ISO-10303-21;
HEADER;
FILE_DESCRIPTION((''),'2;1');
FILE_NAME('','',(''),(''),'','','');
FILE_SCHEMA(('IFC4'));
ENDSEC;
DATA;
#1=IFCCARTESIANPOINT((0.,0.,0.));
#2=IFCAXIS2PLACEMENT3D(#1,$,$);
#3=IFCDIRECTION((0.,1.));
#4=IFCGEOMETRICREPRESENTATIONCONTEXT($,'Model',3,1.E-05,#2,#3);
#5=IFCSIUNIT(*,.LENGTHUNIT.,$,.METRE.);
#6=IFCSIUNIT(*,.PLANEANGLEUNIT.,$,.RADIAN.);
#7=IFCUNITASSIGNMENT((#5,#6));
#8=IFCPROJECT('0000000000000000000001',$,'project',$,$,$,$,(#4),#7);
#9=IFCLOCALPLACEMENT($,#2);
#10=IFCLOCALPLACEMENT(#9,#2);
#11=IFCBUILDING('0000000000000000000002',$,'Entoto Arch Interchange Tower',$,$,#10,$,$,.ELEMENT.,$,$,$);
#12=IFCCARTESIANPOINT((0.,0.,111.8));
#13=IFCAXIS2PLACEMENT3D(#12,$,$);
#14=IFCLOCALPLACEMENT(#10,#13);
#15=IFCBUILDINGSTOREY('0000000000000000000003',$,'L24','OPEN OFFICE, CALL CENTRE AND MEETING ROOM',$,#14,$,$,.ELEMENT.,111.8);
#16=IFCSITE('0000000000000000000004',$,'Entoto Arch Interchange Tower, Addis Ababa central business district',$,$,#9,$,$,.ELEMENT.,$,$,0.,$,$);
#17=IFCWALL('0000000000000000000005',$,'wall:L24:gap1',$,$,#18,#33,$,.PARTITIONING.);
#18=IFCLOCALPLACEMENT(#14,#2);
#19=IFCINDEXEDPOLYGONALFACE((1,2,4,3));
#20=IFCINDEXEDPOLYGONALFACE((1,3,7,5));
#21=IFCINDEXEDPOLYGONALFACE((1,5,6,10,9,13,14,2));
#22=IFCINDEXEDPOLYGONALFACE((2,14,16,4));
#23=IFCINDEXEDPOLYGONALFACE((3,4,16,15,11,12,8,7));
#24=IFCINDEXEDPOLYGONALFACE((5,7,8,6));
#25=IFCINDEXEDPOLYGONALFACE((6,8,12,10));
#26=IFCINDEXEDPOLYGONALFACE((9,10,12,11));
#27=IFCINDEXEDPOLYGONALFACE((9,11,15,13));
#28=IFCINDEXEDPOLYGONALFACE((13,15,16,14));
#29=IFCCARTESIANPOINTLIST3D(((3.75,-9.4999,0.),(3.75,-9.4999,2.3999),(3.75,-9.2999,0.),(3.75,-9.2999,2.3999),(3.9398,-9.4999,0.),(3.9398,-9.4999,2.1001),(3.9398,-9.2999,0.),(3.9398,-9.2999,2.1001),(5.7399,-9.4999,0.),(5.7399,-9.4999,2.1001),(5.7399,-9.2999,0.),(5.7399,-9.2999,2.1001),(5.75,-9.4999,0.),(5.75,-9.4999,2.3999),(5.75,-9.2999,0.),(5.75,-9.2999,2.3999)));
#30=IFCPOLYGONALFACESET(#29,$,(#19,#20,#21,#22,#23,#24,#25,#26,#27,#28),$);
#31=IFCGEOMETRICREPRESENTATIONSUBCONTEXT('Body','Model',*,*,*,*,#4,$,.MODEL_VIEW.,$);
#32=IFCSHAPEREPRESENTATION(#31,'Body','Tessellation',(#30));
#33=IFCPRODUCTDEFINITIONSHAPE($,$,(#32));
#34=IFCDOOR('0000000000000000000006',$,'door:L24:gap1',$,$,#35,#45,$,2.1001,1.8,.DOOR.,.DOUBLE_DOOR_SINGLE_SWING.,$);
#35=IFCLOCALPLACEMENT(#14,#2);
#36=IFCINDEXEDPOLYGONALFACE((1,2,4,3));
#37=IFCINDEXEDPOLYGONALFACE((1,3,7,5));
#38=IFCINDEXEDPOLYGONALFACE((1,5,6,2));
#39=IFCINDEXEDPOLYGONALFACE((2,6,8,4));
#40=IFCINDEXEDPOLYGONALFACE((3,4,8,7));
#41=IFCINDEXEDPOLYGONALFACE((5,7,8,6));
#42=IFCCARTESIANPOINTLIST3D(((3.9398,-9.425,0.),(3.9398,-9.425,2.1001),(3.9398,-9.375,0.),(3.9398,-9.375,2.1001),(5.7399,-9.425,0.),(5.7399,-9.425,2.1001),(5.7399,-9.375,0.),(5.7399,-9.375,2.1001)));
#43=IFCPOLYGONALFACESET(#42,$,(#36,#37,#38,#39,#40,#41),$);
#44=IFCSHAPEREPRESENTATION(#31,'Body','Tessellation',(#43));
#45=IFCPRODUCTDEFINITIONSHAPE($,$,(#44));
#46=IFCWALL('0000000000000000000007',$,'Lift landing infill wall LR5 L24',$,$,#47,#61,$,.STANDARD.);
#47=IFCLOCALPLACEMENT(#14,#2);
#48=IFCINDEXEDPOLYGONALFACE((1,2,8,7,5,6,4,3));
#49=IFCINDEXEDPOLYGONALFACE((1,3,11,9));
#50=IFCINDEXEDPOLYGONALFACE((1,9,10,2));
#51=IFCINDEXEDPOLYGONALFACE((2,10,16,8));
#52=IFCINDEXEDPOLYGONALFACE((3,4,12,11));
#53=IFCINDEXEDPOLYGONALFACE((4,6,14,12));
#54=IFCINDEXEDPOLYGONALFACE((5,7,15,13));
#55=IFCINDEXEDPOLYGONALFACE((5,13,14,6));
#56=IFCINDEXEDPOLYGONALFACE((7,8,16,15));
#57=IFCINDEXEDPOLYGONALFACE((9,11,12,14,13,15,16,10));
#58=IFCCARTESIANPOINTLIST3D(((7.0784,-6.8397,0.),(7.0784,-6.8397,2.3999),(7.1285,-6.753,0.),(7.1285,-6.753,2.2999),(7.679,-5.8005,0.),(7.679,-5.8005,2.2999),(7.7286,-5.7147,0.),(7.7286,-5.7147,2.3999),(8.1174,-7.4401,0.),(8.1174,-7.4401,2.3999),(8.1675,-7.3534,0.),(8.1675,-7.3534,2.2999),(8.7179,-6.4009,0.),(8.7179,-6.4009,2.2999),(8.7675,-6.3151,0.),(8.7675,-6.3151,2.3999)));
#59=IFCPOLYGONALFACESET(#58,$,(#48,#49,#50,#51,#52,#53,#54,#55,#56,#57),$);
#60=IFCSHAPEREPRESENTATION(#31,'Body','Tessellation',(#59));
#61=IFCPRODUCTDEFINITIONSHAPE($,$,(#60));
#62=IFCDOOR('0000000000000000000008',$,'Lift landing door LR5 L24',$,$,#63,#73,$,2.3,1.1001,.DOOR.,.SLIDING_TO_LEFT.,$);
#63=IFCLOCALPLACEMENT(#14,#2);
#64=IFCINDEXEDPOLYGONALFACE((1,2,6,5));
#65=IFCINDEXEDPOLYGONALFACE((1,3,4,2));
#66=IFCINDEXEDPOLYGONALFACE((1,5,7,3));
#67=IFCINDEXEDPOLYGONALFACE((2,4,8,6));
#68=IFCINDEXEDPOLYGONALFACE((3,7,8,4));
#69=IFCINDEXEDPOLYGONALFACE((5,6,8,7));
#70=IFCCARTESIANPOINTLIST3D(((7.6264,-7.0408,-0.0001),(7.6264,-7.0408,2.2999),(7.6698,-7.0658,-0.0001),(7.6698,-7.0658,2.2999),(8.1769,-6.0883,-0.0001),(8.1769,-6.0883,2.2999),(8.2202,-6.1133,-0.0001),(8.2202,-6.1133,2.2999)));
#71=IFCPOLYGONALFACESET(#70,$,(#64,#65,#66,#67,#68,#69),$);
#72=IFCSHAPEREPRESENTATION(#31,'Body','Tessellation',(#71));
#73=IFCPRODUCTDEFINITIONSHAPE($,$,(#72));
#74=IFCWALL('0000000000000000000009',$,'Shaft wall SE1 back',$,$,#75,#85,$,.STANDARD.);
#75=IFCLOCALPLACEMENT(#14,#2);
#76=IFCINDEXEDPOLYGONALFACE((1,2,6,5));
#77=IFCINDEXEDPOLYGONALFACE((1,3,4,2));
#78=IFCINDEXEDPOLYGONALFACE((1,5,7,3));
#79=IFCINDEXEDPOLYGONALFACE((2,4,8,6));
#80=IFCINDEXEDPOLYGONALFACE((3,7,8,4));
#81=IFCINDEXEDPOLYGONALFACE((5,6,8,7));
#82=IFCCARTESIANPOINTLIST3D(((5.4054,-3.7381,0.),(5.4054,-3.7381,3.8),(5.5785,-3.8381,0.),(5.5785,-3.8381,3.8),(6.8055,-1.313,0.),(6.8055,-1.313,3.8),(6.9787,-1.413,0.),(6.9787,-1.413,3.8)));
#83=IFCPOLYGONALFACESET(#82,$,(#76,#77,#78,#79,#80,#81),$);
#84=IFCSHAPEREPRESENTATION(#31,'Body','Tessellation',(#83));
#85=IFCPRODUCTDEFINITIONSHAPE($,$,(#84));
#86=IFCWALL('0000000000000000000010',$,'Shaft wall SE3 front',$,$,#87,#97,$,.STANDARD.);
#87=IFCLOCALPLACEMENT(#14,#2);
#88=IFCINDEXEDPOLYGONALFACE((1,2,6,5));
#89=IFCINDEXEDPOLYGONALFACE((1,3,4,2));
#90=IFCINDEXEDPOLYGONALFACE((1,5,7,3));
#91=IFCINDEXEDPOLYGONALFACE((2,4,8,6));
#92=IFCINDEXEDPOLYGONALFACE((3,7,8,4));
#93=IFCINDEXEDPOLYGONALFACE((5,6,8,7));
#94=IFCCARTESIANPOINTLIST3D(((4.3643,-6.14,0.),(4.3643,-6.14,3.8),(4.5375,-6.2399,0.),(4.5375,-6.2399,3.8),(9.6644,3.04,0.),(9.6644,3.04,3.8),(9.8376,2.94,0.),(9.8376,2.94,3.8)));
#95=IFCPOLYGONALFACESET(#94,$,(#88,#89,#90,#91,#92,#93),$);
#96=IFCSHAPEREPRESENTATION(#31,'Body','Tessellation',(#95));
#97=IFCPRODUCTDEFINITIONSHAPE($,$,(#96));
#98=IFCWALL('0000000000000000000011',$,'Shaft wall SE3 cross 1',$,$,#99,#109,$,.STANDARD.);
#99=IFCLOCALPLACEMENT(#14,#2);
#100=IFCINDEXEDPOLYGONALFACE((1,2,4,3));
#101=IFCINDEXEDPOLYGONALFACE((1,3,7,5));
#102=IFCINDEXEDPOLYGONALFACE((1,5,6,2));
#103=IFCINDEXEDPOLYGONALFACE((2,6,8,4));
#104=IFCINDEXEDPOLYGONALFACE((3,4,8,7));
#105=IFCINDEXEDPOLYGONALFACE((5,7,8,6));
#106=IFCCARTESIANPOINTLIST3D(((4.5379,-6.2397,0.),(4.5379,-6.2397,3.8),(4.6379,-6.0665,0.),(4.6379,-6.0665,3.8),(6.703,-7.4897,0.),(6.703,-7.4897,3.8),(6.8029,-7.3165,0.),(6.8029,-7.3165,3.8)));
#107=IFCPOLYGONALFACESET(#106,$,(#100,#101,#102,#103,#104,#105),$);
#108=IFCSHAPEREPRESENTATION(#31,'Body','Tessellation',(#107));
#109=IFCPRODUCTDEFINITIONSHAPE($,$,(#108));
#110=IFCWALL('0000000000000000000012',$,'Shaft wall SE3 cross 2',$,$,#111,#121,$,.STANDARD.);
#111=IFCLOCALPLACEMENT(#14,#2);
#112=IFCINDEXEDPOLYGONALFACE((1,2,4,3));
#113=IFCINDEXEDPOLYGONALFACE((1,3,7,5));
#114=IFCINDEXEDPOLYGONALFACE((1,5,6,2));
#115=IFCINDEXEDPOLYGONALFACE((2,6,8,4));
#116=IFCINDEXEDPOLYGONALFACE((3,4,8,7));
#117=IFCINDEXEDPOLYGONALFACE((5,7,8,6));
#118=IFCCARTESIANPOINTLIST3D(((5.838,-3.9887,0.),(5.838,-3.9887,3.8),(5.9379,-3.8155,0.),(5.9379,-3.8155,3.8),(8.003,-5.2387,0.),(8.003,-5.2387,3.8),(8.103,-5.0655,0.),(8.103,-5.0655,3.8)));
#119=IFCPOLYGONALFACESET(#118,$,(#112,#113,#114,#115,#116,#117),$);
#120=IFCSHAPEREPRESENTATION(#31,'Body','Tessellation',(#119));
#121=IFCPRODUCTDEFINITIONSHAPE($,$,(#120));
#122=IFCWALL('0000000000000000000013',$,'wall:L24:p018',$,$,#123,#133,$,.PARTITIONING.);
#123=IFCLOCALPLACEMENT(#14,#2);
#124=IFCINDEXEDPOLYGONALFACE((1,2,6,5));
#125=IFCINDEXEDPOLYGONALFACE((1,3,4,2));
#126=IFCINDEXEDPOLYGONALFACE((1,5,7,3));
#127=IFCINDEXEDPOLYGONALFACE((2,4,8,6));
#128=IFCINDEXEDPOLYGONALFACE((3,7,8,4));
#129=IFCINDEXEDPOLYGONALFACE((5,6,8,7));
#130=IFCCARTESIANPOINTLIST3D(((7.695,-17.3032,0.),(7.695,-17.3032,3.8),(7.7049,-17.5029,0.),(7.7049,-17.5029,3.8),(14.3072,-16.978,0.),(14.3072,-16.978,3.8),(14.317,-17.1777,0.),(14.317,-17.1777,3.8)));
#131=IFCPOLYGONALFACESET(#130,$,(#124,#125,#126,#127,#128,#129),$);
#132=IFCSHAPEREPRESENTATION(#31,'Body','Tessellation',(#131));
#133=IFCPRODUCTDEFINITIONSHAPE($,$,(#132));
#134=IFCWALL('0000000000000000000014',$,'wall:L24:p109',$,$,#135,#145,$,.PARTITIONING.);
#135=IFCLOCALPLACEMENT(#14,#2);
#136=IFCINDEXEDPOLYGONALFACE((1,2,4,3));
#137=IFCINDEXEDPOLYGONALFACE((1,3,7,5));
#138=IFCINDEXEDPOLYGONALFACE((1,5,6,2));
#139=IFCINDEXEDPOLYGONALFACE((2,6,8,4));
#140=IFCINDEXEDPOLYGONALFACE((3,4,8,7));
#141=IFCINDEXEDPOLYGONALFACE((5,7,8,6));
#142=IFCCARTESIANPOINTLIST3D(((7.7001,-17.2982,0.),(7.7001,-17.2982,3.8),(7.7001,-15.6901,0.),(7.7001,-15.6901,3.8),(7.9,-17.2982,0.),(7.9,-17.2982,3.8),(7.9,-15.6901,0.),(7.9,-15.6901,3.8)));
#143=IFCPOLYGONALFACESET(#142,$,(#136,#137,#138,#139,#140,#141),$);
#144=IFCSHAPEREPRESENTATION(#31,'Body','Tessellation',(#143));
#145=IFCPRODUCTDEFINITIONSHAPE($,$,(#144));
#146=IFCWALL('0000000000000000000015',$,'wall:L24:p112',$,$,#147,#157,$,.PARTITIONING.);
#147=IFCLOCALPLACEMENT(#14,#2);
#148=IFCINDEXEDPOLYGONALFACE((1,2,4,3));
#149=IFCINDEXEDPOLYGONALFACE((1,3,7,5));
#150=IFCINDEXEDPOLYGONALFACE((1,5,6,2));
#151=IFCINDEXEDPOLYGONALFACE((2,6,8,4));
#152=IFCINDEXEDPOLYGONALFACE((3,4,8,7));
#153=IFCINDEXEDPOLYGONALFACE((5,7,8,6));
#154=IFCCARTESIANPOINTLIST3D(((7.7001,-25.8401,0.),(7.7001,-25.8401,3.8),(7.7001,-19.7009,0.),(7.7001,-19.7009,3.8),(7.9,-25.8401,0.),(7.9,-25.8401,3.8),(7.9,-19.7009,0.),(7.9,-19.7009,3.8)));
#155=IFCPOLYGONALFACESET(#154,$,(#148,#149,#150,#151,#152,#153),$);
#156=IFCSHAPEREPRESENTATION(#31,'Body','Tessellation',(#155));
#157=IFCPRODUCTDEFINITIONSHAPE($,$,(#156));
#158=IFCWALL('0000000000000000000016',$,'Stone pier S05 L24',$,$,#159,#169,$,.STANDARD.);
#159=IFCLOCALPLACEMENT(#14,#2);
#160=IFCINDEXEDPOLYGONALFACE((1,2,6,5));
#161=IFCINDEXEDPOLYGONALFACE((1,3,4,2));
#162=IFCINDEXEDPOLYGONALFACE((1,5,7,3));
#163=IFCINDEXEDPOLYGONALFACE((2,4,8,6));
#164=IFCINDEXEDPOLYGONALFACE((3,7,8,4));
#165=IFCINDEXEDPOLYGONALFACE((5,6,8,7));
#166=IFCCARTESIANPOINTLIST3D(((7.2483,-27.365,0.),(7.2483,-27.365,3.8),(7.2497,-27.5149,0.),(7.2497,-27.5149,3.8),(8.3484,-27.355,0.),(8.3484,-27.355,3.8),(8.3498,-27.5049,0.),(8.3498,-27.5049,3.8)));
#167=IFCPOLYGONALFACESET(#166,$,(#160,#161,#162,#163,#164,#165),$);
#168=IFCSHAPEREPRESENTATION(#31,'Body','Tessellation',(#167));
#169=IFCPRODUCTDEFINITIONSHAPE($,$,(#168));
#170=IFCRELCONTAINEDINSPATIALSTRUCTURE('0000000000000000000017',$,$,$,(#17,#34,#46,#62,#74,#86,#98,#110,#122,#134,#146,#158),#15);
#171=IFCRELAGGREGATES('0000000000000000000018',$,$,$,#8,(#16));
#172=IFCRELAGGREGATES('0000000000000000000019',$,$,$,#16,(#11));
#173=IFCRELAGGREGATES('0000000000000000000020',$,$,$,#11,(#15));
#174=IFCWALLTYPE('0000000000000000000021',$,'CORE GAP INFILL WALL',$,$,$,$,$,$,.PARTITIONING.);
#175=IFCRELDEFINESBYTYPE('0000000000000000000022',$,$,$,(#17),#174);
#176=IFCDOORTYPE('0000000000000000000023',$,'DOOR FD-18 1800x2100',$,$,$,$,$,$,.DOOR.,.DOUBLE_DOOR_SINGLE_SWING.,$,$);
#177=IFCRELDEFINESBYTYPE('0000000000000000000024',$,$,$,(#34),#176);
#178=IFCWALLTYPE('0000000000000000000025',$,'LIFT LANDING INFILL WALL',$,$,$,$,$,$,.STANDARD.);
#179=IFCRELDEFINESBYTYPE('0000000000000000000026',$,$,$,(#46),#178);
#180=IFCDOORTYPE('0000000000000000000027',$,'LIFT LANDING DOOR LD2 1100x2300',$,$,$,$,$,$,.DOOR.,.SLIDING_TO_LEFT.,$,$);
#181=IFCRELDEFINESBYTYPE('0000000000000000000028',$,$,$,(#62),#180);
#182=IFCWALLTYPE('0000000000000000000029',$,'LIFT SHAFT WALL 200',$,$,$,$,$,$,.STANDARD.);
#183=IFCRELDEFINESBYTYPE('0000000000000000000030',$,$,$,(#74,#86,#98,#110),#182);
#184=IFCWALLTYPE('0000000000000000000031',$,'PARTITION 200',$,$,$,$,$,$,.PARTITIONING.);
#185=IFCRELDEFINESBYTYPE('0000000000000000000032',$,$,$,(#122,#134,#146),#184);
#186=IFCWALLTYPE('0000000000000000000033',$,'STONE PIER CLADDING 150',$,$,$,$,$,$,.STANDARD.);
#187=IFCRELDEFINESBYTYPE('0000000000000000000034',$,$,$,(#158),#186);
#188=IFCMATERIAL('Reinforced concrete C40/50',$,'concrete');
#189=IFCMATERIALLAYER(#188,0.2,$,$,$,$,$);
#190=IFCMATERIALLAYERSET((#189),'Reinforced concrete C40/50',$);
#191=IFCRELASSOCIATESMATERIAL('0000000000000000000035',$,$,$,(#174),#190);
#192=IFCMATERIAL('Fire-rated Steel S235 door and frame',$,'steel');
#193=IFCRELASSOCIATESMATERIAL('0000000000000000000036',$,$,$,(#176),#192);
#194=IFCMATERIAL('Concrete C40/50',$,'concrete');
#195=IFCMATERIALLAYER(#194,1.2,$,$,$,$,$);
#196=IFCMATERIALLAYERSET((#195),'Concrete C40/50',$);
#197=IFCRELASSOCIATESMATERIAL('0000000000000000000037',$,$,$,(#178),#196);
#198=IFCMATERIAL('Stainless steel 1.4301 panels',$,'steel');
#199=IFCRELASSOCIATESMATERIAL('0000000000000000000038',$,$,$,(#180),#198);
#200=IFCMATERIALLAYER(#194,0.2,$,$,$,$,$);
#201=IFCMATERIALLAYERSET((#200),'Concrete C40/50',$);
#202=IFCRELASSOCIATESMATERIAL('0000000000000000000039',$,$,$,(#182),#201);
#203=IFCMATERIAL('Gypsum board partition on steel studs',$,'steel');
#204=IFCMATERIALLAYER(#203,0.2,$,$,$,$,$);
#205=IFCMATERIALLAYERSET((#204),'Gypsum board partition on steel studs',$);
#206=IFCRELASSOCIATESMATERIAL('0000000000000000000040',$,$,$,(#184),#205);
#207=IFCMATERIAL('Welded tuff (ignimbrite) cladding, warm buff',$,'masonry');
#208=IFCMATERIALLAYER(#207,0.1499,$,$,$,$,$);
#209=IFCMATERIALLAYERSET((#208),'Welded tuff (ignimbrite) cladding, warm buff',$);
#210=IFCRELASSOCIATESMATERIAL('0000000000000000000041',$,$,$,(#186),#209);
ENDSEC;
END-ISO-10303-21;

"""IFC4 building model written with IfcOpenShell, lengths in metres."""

from ifc_helpers import new_model, si_unit, direction, frame, frame_2d, origin, place, context, subcontext, project, spatial, rectangle, extrude, material, layer, layer_set, type_object, element, fill, save


model = new_model("IFC4")

# Units and contexts
model_context = context("Model", 3, precision=1e-05, world=origin(), true_north=direction((0.0, 1.0)))
body_context = subcontext(model_context, "Body", "Model", "MODEL_VIEW")
ifc_project = project(units=[si_unit("LENGTHUNIT", "METRE"), si_unit("PLANEANGLEUNIT", "RADIAN")], contexts=[model_context])

# Site, building, storey
site_placement = place(None, origin())
site = spatial("IfcSite", under=ifc_project, at=site_placement, Name="Entoto Arch Interchange Tower, Addis Ababa central business district", CompositionType="ELEMENT", RefElevation=0.0)
building_placement = place(site_placement, origin())
building = spatial("IfcBuilding", under=site, at=building_placement, Name="Entoto Arch Interchange Tower", CompositionType="ELEMENT")
storey_placement = place(building_placement, frame((0.0, 0.0, 111.8)))
storey = spatial("IfcBuildingStorey", under=building, at=storey_placement, Name="L24", Description="OPEN OFFICE, CALL CENTRE AND MEETING ROOM", CompositionType="ELEMENT", Elevation=111.8)

# Walls, openings, doors
ifc_material_1 = material(Name="Reinforced concrete C40/50", Category="concrete")
ifc_layer_1 = layer(ifc_material_1, 0.2)
ifc_layer_set_1 = layer_set([ifc_layer_1], Name="Reinforced concrete C40/50")
wall_type_1 = type_object("IfcWallType", Name="CORE GAP INFILL WALL", PredefinedType="PARTITIONING", material=ifc_layer_set_1)
wall_1_placement = place(storey_placement, frame((3.75, -9.3999, 0.0), z_axis=(0.0, 0.0, 1.0), x_axis=(1.0, 0.0, 0.0)))
wall_1 = element("IfcWall", 1, at=wall_1_placement, inside=storey, type_object=wall_type_1, Name="wall:L24:gap1", PredefinedType="PARTITIONING", context=body_context, shape_type="SweptSolid", body=[
    extrude(rectangle(XDim=2.0, YDim=0.2, at=frame_2d((1.0, 0.0))), origin(), (0.0, 0.0, 1.0), 2.3999),
])
opening_1_placement = place(wall_1_placement, frame((0.1899, 0.0, 0.0)))
opening_1 = element("IfcOpeningElement", 2, at=opening_1_placement, cuts=wall_1, PredefinedType="OPENING", context=body_context, shape_type="SweptSolid", body=[
    extrude(rectangle(XDim=1.8, YDim=2.1001, at=frame_2d((0.8999, 1.05))), frame((0.0, 0.1099, 0.0), z_axis=(0.0, -1.0, 0.0), x_axis=(1.0, 0.0, 0.0)), (0.0, 0.0, 1.0), 0.22),
])
ifc_material_2 = material(Name="Fire-rated Steel S235 door and frame", Category="steel")
door_type_1 = type_object("IfcDoorType", Name="DOOR FD-18 1800x2100", OperationType="DOUBLE_DOOR_SINGLE_SWING", PredefinedType="DOOR", material=ifc_material_2)
door_1_placement = place(opening_1_placement, origin())
door_1 = element("IfcDoor", 3, at=door_1_placement, inside=storey, type_object=door_type_1, Name="door:L24:gap1", OperationType="DOUBLE_DOOR_SINGLE_SWING", OverallHeight=2.1001, OverallWidth=1.8, PredefinedType="DOOR", context=body_context, shape_type="SweptSolid", body=[
    extrude(rectangle(XDim=1.8, YDim=2.1001, at=frame_2d((0.8999, 1.05))), frame((0.0, 0.0249, 0.0), z_axis=(0.0, -1.0, 0.0), x_axis=(1.0, 0.0, 0.0)), (0.0, 0.0, 1.0), 0.05),
])
fill(opening_1, door_1)
ifc_material_3 = material(Name="Concrete C40/50", Category="concrete")
ifc_layer_2 = layer(ifc_material_3, 1.2)
ifc_layer_set_2 = layer_set([ifc_layer_2], Name="Concrete C40/50")
wall_type_2 = type_object("IfcWallType", Name="LIFT LANDING INFILL WALL", PredefinedType="STANDARD", material=ifc_layer_set_2)
wall_2_placement = place(storey_placement, frame((7.5979, -7.1399, 0.0), z_axis=(0.0, 0.0, 1.0), x_axis=(0.500362, 0.865816, 0.0)))
wall_2 = element("IfcWall", 4, at=wall_2_placement, inside=storey, type_object=wall_type_2, Name="Lift landing infill wall LR5 L24", PredefinedType="STANDARD", context=body_context, shape_type="SweptSolid", body=[
    extrude(rectangle(XDim=1.2993, YDim=1.2, at=frame_2d((0.6497, 0.0))), origin(), (0.0, 0.0, 1.0), 2.3999),
])
opening_2_placement = place(wall_2_placement, frame((0.1001, 0.0, 0.0)))
opening_2 = element("IfcOpeningElement", 5, at=opening_2_placement, cuts=wall_2, PredefinedType="OPENING", context=body_context, shape_type="SweptSolid", body=[
    extrude(rectangle(XDim=1.1001, YDim=2.3, at=frame_2d((0.55, 1.1499))), frame((0.0, 0.6099, 0.0), z_axis=(0.0, -1.0, 0.0), x_axis=(1.0, 0.0, 0.0)), (0.0, 0.0, 1.0), 1.22),
])
ifc_material_4 = material(Name="Stainless steel 1.4301 panels", Category="steel")
door_type_2 = type_object("IfcDoorType", Name="LIFT LANDING DOOR LD2 1100x2300", OperationType="SLIDING_TO_LEFT", PredefinedType="DOOR", material=ifc_material_4)
door_2_placement = place(opening_2_placement, origin())
door_2 = element("IfcDoor", 6, at=door_2_placement, inside=storey, type_object=door_type_2, Name="Lift landing door LR5 L24", OperationType="SLIDING_TO_LEFT", OverallHeight=2.3, OverallWidth=1.1001, PredefinedType="DOOR", context=body_context, shape_type="SweptSolid", body=[
    extrude(rectangle(XDim=1.1001, YDim=2.3, at=frame_2d((0.55, 1.1499))), frame((0.0, 0.0249, 0.0), z_axis=(0.0, -1.0, 0.0), x_axis=(1.0, 0.0, 0.0)), (0.0, 0.0, 1.0), 0.05),
])
fill(opening_2, door_2)

# Walls
ifc_layer_3 = layer(ifc_material_3, 0.2)
ifc_layer_set_3 = layer_set([ifc_layer_3], Name="Concrete C40/50")
wall_type_3 = type_object("IfcWallType", Name="LIFT SHAFT WALL 200", PredefinedType="STANDARD", material=ifc_layer_set_3)
wall_3_placement = place(storey_placement, frame((5.4919, -3.7881, 0.0), z_axis=(0.0, 0.0, 1.0), x_axis=(0.500012, 0.866019, 0.0)))
element("IfcWall", 7, at=wall_3_placement, inside=storey, type_object=wall_type_3, Name="Shaft wall SE1 back", PredefinedType="STANDARD", context=body_context, shape_type="SweptSolid", body=[
    extrude(rectangle(XDim=2.8003, YDim=0.2, at=frame_2d((1.4001, 0.0))), origin(), (0.0, 0.0, 1.0), 3.8),
])
wall_4_placement = place(storey_placement, frame((4.4509, -6.1899, 0.0), z_axis=(0.0, 0.0, 1.0), x_axis=(0.500001, 0.866025, 0.0)))
element("IfcWall", 8, at=wall_4_placement, inside=storey, type_object=wall_type_3, Name="Shaft wall SE3 front", PredefinedType="STANDARD", context=body_context, shape_type="SweptSolid", body=[
    extrude(rectangle(XDim=10.6001, YDim=0.2, at=frame_2d((5.3, 0.0))), origin(), (0.0, 0.0, 1.0), 3.8),
])
for number, where, z_axis, x_axis, name in (
    (9, (4.5879, -6.1531, 0.0), (0.0, 0.0, 1.0), (0.866023, -0.500004, 0.0), "Shaft wall SE3 cross 1"),
    (10, (5.8879, -3.9021, 0.0), (0.0, 0.0, 1.0), (0.866023, -0.500004, 0.0), "Shaft wall SE3 cross 2"),
):
    element("IfcWall", number, at=place(storey_placement, frame(where, z_axis=z_axis, x_axis=x_axis)), inside=storey, type_object=wall_type_3, Name=name, PredefinedType="STANDARD", context=body_context, shape_type="SweptSolid", body=[
        extrude(rectangle(XDim=2.5, YDim=0.2, at=frame_2d((1.25, 0.0))), origin(), (0.0, 0.0, 1.0), 3.8),
    ])
ifc_material_5 = material(Name="Gypsum board partition on steel studs", Category="steel")
ifc_layer_4 = layer(ifc_material_5, 0.2)
ifc_layer_set_4 = layer_set([ifc_layer_4], Name="Gypsum board partition on steel studs")
wall_type_4 = type_object("IfcWallType", Name="PARTITION 200", PredefinedType="PARTITIONING", material=ifc_layer_set_4)
wall_5_placement = place(storey_placement, frame((7.7, -17.4031, 0.0), z_axis=(0.0, 0.0, 1.0), x_axis=(0.998793, 0.049123, 0.0)))
element("IfcWall", 11, at=wall_5_placement, inside=storey, type_object=wall_type_4, Name="wall:L24:p018", PredefinedType="PARTITIONING", context=body_context, shape_type="SweptSolid", body=[
    extrude(rectangle(XDim=6.6201, YDim=0.2, at=frame_2d((3.3101, 0.0))), origin(), (0.0, 0.0, 1.0), 3.8),
])
wall_6_placement = place(storey_placement, frame((7.8, -15.6899, 0.0), z_axis=(0.0, 0.0, 1.0), x_axis=(0.0, -1.0, 0.0)))
element("IfcWall", 12, at=wall_6_placement, inside=storey, type_object=wall_type_4, Name="wall:L24:p109", PredefinedType="PARTITIONING", context=body_context, shape_type="SweptSolid", body=[
    extrude(rectangle(XDim=1.6082, YDim=0.2, at=frame_2d((0.8042, 0.0))), origin(), (0.0, 0.0, 1.0), 3.8),
])
wall_7_placement = place(storey_placement, frame((7.8, -19.7009, 0.0), z_axis=(0.0, 0.0, 1.0), x_axis=(0.0, -1.0, 0.0)))
element("IfcWall", 13, at=wall_7_placement, inside=storey, type_object=wall_type_4, Name="wall:L24:p112", PredefinedType="PARTITIONING", context=body_context, shape_type="SweptSolid", body=[
    extrude(rectangle(XDim=6.1392, YDim=0.2, at=frame_2d((3.0696, 0.0))), origin(), (0.0, 0.0, 1.0), 3.8),
])
ifc_material_6 = material(Name="Welded tuff (ignimbrite) cladding, warm buff", Category="masonry")
ifc_layer_5 = layer(ifc_material_6, 0.1499)
ifc_layer_set_5 = layer_set([ifc_layer_5], Name="Welded tuff (ignimbrite) cladding, warm buff")
wall_type_5 = type_object("IfcWallType", Name="STONE PIER CLADDING 150", PredefinedType="STANDARD", material=ifc_layer_set_5)
wall_8_placement = place(storey_placement, frame((7.249, -27.4399, 0.0), z_axis=(0.0, 0.0, 1.0), x_axis=(0.999959, 0.009099, 0.0)))
element("IfcWall", 14, at=wall_8_placement, inside=storey, type_object=wall_type_5, Name="Stone pier S05 L24", PredefinedType="STANDARD", context=body_context, shape_type="SweptSolid", body=[
    extrude(rectangle(XDim=1.1001, YDim=0.1499, at=frame_2d((0.55, 0.0))), origin(), (0.0, 0.0, 1.0), 3.8),
])

save(model, "model.ifc")
